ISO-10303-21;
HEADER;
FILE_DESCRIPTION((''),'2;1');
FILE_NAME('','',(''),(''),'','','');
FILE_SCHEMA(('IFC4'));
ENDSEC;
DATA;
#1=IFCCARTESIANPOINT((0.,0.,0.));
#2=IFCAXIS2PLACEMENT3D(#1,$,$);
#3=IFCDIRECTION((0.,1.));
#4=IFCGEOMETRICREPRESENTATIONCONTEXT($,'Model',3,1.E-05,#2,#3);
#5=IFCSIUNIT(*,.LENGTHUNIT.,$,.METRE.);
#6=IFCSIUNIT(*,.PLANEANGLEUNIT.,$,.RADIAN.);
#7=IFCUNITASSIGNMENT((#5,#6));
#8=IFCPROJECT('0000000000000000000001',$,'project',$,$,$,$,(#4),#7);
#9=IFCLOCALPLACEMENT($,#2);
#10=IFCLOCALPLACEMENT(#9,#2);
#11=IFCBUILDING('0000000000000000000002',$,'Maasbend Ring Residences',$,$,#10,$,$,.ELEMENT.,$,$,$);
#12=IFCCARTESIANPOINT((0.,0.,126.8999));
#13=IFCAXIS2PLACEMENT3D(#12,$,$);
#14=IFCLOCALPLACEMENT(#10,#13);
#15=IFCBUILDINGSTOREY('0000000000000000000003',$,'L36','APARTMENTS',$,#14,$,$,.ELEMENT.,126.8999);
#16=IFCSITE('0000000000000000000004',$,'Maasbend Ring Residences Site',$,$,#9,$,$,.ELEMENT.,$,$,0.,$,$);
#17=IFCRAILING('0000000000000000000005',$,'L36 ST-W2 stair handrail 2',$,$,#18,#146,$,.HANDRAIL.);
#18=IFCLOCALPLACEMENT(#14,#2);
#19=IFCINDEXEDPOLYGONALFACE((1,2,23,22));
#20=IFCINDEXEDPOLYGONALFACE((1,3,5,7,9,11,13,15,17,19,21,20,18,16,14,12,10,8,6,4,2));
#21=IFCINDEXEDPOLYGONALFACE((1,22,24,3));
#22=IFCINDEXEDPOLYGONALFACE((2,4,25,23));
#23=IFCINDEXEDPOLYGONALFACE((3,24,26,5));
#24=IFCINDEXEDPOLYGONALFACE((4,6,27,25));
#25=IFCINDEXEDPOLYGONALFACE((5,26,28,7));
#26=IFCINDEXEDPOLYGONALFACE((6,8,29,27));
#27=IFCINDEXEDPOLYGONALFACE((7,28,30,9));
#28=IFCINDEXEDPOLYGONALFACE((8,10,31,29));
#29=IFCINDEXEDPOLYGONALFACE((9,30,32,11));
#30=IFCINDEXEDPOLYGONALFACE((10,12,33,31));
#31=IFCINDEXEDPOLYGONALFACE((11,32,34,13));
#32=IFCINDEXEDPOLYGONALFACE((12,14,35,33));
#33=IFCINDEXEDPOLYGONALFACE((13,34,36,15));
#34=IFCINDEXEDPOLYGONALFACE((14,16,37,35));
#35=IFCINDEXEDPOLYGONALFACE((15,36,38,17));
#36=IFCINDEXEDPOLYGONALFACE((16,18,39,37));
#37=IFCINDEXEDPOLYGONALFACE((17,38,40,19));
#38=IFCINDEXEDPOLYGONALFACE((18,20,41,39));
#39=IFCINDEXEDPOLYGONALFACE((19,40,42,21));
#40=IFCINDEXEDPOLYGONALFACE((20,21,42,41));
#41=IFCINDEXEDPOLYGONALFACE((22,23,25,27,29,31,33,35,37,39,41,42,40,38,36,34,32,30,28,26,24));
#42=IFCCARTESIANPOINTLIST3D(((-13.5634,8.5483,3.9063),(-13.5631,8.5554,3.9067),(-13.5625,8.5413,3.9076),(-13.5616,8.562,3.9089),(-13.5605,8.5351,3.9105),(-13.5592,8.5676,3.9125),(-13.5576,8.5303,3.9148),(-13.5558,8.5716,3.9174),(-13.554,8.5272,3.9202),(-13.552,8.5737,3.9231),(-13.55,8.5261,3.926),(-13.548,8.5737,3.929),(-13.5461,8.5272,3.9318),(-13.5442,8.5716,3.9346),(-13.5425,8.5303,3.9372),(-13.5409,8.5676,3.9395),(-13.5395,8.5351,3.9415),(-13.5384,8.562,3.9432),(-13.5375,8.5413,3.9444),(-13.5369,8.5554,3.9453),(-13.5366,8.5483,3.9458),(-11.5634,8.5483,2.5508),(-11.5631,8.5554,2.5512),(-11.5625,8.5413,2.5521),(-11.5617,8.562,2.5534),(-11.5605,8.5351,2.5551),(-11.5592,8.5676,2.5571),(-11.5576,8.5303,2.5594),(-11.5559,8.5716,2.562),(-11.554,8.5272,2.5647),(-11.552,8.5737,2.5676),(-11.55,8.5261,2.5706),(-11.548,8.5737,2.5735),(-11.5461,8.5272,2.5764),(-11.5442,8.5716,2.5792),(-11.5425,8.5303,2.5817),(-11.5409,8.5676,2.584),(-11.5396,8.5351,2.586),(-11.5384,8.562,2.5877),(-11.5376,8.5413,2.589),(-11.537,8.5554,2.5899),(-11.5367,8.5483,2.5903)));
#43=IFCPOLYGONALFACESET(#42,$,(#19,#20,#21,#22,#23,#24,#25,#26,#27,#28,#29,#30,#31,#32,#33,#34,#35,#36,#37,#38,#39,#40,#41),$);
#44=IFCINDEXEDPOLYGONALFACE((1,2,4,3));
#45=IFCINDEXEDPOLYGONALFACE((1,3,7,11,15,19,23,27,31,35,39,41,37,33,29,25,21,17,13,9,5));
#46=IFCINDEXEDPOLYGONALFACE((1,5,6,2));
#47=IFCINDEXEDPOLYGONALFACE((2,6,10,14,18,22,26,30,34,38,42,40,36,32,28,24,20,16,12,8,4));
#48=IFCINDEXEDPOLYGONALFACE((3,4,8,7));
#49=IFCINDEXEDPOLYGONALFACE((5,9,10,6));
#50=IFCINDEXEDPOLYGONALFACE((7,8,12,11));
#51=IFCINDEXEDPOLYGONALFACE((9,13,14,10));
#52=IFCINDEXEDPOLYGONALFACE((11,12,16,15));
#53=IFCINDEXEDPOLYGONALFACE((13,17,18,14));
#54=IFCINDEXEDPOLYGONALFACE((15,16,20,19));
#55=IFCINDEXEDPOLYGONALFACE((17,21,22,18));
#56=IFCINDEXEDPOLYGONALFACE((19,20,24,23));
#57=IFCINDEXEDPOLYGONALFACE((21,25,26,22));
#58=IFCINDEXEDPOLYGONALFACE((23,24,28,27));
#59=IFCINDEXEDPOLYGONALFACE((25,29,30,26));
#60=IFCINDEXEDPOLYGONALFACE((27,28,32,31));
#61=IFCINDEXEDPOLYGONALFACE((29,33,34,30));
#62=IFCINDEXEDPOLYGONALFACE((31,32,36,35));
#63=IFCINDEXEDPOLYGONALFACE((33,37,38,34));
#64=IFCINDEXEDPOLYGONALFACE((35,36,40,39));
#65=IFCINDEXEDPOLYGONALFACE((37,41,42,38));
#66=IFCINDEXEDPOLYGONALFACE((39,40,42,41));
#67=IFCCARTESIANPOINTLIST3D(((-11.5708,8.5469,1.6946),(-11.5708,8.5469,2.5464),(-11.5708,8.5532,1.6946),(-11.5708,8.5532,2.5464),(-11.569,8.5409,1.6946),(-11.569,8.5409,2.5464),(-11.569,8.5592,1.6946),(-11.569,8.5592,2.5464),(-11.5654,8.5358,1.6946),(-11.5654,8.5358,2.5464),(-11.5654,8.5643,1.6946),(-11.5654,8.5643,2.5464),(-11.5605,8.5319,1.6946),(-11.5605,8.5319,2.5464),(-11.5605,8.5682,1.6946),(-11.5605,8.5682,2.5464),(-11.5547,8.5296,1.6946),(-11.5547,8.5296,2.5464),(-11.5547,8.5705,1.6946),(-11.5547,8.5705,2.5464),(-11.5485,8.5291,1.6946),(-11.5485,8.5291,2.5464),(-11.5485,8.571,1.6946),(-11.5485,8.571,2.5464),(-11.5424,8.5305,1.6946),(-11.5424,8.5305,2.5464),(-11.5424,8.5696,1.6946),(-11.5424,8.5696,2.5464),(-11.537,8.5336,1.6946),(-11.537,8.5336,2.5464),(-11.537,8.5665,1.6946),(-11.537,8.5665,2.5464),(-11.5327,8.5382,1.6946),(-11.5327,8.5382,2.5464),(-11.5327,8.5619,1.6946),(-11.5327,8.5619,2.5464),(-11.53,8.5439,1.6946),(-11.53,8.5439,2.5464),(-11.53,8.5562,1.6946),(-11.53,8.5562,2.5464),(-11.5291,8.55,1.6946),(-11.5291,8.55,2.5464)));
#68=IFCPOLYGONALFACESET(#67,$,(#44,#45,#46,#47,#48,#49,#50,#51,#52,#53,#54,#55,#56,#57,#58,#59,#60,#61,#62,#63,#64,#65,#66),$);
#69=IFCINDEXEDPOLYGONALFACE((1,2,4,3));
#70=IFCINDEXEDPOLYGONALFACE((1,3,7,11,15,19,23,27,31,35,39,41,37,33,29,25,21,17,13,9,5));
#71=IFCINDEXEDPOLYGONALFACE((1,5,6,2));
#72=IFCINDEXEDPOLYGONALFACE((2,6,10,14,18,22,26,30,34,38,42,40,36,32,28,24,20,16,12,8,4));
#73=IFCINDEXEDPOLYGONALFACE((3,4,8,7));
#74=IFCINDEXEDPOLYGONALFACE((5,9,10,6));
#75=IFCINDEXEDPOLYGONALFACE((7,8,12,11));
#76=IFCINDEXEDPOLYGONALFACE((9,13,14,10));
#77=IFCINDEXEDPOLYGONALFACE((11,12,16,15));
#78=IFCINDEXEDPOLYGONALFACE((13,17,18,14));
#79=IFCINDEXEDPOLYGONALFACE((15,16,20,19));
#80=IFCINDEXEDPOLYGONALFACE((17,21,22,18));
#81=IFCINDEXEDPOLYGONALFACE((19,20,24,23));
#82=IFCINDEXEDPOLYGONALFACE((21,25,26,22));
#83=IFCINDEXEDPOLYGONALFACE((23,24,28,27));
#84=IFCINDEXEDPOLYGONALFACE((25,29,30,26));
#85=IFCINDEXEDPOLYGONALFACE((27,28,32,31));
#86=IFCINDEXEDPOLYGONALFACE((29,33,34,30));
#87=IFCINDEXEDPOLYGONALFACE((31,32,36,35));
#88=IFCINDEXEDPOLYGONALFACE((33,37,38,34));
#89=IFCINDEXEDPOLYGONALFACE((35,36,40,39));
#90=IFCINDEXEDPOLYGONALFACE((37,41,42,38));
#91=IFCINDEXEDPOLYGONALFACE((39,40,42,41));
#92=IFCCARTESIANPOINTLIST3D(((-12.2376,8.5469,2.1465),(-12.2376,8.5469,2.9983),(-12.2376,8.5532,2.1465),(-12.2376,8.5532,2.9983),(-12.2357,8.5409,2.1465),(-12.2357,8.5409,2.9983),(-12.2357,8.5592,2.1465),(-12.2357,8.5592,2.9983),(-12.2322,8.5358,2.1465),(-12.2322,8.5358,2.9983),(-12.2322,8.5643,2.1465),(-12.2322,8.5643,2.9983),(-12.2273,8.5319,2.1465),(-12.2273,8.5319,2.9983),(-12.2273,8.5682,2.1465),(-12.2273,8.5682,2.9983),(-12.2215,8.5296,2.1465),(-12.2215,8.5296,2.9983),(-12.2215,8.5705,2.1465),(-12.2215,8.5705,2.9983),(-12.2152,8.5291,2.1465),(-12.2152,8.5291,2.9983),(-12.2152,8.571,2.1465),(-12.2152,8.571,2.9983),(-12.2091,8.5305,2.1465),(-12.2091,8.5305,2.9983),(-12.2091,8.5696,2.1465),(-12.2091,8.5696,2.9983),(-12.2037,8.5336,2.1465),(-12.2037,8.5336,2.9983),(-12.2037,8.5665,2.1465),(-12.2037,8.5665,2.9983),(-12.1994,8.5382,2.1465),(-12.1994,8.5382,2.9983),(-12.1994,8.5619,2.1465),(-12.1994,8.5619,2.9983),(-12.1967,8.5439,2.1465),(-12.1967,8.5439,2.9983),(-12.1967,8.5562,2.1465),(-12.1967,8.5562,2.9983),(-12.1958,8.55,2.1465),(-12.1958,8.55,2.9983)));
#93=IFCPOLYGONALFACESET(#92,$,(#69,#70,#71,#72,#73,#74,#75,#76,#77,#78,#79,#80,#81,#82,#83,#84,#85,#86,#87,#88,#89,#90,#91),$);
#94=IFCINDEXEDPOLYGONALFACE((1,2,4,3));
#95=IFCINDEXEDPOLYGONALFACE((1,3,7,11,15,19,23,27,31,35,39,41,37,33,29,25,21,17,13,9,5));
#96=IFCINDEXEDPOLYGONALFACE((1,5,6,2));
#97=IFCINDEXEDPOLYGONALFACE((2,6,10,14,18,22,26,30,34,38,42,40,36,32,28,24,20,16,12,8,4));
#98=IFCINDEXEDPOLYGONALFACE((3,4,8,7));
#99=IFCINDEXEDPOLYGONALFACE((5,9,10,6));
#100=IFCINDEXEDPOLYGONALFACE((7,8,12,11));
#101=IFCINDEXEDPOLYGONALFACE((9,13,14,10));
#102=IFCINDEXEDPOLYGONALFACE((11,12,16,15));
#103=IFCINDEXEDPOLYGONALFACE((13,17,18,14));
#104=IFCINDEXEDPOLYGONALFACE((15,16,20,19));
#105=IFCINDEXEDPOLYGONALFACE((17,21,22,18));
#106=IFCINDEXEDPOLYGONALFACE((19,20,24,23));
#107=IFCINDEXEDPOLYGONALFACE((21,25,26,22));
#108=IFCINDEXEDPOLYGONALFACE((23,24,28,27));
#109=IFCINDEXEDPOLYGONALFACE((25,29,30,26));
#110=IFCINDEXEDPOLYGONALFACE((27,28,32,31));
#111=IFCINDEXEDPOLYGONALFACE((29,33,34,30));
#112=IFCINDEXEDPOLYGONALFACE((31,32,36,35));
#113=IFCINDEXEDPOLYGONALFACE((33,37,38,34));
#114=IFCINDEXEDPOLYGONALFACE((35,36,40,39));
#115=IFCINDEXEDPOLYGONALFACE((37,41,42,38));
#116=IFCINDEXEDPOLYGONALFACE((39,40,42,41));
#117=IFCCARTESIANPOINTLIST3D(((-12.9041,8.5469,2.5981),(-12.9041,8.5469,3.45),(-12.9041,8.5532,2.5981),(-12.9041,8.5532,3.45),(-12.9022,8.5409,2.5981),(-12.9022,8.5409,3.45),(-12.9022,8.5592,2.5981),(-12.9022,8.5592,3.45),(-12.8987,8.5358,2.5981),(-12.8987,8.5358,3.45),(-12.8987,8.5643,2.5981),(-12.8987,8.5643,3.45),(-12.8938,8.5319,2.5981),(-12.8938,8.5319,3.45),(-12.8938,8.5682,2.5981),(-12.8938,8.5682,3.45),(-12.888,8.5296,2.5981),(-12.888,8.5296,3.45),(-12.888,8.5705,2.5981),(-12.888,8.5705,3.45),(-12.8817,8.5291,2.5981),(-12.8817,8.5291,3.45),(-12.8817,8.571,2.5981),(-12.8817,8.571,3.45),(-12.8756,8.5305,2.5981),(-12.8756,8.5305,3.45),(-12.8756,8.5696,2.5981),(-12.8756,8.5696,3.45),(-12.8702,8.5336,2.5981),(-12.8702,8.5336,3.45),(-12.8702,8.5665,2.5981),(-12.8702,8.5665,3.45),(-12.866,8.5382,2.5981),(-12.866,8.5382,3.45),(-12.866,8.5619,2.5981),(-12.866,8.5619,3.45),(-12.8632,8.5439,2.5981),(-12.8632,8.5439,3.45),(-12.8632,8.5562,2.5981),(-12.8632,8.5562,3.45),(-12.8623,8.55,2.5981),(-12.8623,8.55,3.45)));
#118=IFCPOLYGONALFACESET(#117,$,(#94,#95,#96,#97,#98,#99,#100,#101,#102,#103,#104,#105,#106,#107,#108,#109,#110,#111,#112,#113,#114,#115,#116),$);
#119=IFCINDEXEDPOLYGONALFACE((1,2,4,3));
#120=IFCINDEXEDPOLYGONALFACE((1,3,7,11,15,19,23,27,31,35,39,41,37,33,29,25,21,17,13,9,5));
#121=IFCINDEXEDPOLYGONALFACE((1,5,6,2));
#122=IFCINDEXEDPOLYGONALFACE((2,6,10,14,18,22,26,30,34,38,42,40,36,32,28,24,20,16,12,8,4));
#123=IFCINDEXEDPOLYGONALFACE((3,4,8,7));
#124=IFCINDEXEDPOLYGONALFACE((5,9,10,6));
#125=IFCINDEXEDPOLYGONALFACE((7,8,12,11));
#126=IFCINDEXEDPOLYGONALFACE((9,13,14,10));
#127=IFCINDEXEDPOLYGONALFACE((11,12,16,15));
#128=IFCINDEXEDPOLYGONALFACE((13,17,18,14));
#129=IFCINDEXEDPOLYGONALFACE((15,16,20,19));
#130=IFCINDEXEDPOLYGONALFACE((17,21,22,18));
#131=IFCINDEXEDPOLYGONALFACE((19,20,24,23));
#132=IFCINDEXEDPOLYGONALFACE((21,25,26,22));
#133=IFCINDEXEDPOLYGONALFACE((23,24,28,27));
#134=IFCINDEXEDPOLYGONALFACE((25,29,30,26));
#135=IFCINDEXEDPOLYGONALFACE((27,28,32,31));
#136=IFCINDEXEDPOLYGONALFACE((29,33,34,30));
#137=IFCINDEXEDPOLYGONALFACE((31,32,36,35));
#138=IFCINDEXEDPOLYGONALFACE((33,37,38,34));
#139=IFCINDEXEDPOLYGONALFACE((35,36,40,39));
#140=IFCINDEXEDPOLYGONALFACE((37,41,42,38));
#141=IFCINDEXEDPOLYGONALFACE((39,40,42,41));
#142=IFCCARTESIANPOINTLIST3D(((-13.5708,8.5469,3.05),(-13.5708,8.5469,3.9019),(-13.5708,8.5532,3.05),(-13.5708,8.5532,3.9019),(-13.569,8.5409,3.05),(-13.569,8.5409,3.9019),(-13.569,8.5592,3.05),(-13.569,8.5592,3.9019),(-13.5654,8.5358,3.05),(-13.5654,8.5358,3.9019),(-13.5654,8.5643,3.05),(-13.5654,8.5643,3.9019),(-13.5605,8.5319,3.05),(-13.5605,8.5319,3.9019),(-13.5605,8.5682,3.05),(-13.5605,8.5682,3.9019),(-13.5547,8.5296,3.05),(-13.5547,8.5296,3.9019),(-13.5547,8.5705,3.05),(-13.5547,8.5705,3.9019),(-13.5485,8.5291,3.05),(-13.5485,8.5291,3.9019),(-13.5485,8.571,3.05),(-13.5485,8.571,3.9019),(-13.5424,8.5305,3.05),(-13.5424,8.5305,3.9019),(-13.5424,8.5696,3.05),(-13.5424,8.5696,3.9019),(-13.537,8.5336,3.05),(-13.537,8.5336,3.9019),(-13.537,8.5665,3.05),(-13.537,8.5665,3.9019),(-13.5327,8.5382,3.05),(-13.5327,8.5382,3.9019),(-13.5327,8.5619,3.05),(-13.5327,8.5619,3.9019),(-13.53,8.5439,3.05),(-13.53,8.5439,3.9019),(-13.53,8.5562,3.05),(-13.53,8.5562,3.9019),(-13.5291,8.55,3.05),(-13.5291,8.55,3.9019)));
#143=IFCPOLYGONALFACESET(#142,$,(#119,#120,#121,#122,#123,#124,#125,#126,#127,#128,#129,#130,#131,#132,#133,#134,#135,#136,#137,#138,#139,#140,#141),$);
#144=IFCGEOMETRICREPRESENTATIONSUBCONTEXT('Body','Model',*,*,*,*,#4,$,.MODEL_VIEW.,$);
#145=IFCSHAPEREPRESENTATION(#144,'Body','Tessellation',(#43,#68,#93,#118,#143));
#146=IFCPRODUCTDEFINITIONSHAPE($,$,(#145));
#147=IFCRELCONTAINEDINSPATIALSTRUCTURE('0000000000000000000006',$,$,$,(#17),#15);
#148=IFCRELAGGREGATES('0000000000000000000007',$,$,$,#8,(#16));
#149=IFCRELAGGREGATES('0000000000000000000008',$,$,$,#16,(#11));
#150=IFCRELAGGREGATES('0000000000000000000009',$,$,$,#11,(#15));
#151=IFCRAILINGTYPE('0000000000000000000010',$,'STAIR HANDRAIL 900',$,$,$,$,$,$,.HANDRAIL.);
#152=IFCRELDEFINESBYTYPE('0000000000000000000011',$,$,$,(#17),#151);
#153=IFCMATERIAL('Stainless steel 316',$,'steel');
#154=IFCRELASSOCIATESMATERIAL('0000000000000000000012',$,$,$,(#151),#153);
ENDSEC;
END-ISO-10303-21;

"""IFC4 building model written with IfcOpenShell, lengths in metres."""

from ifc_helpers import new_model, si_unit, direction, frame, origin, origin_2d, place, context, subcontext, project, spatial, circle, extrude, material, type_object, element, save


model = new_model("IFC4")

# Units and contexts
model_context = context("Model", 3, precision=1e-05, world=origin(), true_north=direction((0.0, 1.0)))
body_context = subcontext(model_context, "Body", "Model", "MODEL_VIEW")
ifc_project = project(units=[si_unit("LENGTHUNIT", "METRE"), si_unit("PLANEANGLEUNIT", "RADIAN")], contexts=[model_context])

# Site, building, storey
site_placement = place(None, origin())
site = spatial("IfcSite", under=ifc_project, at=site_placement, Name="Maasbend Ring Residences Site", CompositionType="ELEMENT", RefElevation=0.0)
building_placement = place(site_placement, origin())
building = spatial("IfcBuilding", under=site, at=building_placement, Name="Maasbend Ring Residences", CompositionType="ELEMENT")
storey_placement = place(building_placement, frame((0.0, 0.0, 126.8999)))
storey = spatial("IfcBuildingStorey", under=building, at=storey_placement, Name="L36", Description="APARTMENTS", CompositionType="ELEMENT", Elevation=126.8999)

# Railing
ifc_material_1 = material(Name="Stainless steel 316", Category="steel")
railing_type_1 = type_object("IfcRailingType", Name="STAIR HANDRAIL 900", PredefinedType="HANDRAIL", material=ifc_material_1)
railing_1_placement = place(storey_placement, frame((-11.55, 8.55, 1.6946)))
element("IfcRailing", 1, at=railing_1_placement, inside=storey, type_object=railing_type_1, Name="L36 ST-W2 stair handrail 2", PredefinedType="HANDRAIL", context=body_context, shape_type="SweptSolid", body=[
    extrude(circle(Radius=0.0239, at=origin_2d()), frame((0.0, 0.0, 0.876), z_axis=(-0.827798, 0.0, 0.561027), x_axis=(0.0, -1.0, 0.0)), (0.0, 0.0, 1.0), 2.416),
    extrude(circle(Radius=0.021, at=origin_2d()), origin(), (0.0, 0.0, 1.0), 0.8518),
    extrude(circle(Radius=0.021, at=origin_2d()), frame((-0.6667, 0.0, 0.4519)), (0.0, 0.0, 1.0), 0.8518),
    extrude(circle(Radius=0.021, at=origin_2d()), frame((-1.3333, 0.0, 0.9036)), (0.0, 0.0, 1.0), 0.8518),
    extrude(circle(Radius=0.021, at=origin_2d()), frame((-2.0, 0.0, 1.3555)), (0.0, 0.0, 1.0), 0.8518),
])

save(model, "model.ifc")
